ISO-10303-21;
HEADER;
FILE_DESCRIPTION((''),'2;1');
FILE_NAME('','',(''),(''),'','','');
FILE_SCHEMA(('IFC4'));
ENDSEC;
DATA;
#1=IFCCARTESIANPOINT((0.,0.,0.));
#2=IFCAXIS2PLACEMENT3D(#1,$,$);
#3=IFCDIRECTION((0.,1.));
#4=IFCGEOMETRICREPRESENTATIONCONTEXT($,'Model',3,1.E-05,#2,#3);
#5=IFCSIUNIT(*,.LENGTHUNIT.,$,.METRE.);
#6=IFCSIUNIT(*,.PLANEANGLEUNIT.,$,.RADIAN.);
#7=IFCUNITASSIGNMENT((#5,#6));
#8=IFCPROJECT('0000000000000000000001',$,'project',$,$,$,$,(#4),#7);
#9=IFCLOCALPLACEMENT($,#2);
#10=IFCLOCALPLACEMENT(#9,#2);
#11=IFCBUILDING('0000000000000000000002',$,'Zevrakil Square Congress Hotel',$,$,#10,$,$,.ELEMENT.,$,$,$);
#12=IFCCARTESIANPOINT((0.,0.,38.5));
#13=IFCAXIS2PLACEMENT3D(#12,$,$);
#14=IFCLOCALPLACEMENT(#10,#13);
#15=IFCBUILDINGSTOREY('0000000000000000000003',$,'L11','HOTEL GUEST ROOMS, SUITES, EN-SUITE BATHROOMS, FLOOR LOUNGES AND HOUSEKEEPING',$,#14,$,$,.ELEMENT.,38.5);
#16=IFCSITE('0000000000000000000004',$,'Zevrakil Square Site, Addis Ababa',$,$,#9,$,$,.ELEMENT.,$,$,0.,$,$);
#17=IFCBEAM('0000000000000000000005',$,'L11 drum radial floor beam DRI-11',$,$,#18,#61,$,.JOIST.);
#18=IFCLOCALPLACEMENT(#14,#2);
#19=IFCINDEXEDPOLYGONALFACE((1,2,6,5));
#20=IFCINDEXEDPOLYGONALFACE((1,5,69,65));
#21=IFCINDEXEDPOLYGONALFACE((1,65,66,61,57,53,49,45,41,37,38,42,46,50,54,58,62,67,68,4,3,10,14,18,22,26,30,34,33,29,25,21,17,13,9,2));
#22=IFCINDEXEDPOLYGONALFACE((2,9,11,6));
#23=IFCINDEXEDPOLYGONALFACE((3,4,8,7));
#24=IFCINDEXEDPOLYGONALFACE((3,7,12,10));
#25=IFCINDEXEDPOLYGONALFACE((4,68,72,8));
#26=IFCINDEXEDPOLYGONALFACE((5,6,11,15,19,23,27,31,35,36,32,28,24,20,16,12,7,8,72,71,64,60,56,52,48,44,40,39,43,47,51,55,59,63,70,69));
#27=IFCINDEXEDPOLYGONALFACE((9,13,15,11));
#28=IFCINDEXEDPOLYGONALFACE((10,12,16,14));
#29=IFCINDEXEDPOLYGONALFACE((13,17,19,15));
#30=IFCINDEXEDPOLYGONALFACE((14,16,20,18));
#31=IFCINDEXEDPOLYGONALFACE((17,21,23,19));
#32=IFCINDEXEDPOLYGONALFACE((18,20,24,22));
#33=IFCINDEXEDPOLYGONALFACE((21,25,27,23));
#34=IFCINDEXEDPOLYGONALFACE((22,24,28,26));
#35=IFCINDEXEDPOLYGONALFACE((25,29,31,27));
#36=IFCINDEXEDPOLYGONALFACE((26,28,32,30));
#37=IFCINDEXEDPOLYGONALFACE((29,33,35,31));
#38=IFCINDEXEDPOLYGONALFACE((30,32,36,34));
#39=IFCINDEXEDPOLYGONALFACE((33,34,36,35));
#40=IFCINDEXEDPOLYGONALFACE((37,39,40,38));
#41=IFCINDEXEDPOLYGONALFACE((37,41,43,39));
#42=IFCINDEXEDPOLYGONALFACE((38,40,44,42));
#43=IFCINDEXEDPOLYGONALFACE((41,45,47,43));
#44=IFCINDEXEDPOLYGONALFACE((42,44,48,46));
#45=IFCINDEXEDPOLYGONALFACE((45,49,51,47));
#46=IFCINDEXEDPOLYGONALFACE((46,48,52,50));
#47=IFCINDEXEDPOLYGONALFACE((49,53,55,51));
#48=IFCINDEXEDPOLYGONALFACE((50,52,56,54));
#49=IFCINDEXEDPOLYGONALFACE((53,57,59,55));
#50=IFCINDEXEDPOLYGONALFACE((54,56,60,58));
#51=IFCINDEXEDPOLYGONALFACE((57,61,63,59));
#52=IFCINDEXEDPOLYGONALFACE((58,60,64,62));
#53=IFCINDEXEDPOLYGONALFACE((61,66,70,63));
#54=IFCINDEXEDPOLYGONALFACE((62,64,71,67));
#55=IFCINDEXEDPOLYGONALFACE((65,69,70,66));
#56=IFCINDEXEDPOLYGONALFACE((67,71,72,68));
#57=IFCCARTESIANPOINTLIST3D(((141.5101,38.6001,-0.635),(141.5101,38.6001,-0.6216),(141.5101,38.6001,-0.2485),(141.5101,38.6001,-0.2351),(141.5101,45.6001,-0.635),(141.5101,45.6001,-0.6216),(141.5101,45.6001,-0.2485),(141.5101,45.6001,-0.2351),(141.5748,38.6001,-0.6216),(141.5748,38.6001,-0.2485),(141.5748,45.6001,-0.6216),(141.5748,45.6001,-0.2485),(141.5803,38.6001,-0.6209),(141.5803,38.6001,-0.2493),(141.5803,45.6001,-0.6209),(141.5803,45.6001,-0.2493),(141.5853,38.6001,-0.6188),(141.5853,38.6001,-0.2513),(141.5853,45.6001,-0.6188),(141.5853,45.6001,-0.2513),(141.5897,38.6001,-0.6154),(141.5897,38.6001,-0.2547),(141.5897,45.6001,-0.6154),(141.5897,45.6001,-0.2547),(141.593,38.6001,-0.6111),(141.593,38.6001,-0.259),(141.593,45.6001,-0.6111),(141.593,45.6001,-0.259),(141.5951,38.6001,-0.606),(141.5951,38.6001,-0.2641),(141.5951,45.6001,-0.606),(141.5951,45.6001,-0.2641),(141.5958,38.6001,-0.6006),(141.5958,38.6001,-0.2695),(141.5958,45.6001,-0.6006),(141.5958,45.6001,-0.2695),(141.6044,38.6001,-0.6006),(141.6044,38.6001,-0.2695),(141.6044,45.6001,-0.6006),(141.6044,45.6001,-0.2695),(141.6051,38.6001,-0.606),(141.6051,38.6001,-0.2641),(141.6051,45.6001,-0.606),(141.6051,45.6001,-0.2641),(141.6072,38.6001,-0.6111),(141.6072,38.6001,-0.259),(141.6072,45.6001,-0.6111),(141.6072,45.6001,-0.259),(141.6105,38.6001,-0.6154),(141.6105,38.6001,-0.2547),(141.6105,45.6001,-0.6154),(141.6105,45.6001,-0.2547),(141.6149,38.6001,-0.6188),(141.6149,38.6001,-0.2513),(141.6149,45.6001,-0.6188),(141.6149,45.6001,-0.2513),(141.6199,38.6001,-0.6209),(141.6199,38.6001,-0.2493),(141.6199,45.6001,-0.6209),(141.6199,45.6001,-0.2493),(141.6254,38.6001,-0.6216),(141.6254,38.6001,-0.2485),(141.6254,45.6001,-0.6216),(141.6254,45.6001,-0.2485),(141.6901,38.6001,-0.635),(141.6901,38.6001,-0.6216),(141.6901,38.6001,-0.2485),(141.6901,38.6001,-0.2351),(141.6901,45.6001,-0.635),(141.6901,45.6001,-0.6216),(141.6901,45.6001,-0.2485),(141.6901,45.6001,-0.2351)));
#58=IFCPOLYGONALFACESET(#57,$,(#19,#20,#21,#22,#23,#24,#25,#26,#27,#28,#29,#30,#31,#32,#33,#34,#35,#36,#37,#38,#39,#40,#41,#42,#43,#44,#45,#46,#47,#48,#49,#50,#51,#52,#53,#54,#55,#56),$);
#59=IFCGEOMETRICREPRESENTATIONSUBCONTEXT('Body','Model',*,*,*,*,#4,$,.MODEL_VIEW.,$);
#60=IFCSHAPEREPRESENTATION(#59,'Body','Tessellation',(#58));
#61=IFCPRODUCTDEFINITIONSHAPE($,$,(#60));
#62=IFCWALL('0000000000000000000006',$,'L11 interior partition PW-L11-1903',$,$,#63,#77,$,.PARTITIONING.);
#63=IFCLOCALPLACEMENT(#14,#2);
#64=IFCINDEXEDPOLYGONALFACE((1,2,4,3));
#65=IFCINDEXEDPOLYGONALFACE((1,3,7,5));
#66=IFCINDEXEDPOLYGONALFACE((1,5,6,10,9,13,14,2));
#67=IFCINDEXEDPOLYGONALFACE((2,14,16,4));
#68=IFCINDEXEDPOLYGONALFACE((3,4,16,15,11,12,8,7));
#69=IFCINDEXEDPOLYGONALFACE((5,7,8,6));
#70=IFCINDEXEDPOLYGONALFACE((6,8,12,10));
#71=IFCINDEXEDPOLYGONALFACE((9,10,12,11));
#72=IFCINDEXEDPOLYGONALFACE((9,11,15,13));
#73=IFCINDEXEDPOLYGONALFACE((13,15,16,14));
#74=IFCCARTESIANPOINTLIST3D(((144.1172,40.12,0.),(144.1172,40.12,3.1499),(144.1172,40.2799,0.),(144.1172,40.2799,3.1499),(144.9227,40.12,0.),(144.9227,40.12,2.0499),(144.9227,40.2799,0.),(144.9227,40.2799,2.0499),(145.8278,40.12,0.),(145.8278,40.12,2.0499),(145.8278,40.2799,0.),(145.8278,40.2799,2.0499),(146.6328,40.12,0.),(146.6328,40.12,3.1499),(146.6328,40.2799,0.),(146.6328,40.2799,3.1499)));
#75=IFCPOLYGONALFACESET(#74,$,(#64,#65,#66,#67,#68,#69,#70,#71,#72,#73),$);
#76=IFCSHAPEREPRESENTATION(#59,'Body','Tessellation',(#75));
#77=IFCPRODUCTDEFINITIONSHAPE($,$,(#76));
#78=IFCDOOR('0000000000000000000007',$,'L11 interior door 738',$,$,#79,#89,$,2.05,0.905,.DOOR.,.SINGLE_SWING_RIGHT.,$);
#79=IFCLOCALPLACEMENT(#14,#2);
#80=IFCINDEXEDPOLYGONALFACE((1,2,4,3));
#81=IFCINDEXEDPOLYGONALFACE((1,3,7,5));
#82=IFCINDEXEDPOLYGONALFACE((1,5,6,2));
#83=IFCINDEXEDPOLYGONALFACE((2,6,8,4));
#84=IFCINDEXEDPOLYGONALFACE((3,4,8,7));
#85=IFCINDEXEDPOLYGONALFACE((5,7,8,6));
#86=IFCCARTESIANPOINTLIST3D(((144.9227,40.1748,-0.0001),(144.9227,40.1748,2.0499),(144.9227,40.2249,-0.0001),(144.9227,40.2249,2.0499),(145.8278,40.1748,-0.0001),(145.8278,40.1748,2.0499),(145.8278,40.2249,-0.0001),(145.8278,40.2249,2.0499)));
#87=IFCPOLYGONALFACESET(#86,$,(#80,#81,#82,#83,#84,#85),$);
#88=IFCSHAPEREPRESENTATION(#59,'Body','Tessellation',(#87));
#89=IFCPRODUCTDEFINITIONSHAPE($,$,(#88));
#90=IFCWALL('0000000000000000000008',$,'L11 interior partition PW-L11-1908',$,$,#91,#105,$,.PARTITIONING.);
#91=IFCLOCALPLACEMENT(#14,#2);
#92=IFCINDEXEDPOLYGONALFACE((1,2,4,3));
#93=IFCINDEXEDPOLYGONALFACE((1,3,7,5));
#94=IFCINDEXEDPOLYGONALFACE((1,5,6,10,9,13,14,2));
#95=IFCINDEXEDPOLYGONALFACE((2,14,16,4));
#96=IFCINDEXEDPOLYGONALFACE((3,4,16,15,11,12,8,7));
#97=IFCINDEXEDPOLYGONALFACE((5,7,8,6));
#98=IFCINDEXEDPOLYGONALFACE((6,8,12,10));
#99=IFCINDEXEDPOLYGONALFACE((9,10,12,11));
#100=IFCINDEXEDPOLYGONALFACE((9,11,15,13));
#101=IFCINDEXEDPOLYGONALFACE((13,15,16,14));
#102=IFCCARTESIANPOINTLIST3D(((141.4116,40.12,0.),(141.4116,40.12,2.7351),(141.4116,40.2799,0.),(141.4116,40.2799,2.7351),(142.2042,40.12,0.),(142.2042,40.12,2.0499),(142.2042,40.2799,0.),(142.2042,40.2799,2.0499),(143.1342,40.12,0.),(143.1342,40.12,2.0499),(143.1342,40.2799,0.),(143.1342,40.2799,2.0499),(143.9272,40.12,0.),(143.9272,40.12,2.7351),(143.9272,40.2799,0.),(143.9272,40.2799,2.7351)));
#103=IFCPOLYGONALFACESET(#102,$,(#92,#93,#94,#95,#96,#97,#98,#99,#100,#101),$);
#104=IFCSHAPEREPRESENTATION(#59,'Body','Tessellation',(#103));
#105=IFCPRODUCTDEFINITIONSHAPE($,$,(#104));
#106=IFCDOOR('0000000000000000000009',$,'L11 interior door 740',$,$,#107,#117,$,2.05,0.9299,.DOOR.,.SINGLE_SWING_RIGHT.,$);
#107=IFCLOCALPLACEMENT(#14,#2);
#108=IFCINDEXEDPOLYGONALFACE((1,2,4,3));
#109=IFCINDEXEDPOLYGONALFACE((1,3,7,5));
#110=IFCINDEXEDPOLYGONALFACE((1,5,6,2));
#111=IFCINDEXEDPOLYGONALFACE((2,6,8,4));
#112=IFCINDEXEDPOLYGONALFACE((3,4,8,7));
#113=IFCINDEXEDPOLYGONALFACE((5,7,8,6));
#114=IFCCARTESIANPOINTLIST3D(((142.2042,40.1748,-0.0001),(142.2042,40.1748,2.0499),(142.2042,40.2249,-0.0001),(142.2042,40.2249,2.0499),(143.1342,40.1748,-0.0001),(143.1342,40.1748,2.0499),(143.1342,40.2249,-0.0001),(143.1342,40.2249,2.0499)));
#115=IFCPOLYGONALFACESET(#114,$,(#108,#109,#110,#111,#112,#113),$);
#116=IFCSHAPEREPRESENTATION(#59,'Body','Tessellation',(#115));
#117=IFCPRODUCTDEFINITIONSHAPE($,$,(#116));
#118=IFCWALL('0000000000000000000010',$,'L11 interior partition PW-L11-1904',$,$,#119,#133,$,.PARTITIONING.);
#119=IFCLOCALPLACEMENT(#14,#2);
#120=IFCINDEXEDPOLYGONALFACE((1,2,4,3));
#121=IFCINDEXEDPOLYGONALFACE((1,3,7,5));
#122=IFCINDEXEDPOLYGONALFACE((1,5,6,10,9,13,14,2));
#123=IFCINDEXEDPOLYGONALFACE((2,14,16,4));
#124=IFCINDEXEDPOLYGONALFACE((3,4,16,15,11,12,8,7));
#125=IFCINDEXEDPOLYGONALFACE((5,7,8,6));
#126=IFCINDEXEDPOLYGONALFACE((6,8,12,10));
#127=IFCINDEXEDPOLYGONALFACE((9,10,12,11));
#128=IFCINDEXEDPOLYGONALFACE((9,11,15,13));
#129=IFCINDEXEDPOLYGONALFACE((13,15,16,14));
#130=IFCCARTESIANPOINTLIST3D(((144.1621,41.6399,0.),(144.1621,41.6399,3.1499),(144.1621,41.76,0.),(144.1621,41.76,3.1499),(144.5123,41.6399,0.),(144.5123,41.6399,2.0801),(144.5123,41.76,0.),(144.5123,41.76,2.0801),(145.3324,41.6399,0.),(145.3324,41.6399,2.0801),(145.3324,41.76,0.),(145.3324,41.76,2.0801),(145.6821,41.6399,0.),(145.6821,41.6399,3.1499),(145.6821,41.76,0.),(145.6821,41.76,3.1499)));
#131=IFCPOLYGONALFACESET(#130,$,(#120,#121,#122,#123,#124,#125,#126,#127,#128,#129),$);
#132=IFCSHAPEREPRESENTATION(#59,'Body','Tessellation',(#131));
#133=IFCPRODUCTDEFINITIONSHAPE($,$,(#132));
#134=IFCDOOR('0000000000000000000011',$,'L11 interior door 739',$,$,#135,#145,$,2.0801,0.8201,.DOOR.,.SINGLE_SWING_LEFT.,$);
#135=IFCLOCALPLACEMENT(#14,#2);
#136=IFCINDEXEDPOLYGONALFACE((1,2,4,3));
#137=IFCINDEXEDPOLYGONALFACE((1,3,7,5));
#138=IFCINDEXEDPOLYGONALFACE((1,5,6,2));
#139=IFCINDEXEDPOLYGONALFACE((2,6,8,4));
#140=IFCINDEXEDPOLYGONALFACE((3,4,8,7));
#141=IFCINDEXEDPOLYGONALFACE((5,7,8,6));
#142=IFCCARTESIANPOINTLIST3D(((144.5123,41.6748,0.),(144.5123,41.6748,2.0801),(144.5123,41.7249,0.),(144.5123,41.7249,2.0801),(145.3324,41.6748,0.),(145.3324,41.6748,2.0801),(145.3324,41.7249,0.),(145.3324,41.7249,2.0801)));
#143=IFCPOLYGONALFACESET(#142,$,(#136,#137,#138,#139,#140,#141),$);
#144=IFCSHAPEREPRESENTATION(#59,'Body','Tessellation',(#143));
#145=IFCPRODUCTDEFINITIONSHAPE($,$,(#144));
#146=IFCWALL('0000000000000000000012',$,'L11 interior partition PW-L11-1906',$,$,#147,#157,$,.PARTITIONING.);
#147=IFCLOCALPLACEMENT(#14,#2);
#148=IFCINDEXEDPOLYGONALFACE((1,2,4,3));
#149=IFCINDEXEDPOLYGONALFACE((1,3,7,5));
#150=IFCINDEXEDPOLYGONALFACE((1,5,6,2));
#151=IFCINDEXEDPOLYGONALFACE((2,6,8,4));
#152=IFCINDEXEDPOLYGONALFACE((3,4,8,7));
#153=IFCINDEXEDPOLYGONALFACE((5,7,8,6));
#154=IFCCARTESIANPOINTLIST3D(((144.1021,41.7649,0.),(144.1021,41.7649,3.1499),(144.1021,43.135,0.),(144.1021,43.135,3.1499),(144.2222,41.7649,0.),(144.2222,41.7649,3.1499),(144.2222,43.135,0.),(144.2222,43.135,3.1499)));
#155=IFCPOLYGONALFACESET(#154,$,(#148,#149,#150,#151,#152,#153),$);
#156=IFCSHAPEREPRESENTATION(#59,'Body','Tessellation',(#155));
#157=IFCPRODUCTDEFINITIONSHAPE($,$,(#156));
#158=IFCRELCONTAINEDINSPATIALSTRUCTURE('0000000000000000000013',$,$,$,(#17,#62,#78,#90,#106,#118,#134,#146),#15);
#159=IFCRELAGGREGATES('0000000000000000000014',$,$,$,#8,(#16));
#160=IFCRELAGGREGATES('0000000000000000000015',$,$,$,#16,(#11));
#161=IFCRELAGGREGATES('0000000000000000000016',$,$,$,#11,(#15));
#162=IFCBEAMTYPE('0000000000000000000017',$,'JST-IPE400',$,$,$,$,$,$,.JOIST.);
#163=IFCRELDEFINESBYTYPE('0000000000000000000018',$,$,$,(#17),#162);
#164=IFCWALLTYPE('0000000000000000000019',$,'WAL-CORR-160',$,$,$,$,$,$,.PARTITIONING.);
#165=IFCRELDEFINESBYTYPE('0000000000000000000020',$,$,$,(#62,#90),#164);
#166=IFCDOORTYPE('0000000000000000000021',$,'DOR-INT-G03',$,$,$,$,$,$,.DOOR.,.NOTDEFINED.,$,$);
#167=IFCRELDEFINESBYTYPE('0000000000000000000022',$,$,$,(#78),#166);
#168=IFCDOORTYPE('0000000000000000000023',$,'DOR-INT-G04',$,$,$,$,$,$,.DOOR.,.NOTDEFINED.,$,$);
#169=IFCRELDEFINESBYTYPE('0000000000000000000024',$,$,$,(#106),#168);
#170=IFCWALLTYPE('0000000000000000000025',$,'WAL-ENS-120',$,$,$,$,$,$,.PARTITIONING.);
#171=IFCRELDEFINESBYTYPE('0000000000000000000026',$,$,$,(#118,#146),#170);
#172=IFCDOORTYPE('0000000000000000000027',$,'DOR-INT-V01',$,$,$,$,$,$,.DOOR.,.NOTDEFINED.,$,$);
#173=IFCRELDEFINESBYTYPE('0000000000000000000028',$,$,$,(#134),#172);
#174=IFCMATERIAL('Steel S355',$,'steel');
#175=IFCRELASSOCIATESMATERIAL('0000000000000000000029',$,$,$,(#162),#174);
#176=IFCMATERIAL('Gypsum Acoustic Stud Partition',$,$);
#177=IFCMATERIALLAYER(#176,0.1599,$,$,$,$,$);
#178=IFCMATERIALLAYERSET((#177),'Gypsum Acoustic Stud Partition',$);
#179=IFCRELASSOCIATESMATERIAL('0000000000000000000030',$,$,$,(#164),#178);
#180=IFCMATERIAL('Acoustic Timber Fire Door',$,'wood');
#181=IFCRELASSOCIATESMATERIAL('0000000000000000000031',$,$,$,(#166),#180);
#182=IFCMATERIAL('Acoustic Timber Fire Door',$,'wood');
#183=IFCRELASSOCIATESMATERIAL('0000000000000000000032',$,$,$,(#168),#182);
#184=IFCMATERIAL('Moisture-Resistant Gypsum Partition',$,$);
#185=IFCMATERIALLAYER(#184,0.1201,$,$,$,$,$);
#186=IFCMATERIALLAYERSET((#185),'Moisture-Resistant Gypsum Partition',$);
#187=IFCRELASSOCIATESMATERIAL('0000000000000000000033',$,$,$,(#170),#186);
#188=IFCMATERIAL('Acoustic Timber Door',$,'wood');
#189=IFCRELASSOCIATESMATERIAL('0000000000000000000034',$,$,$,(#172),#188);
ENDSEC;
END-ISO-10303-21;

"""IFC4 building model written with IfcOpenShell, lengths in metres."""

from ifc_helpers import new_model, si_unit, direction, frame, frame_2d, origin, origin_2d, place, context, subcontext, project, spatial, rectangle, i_section, extrude, material, layer, layer_set, material_profile, profile_set, type_object, element, fill, save


model = new_model("IFC4")

# Units and contexts
model_context = context("Model", 3, precision=1e-05, world=origin(), true_north=direction((0.0, 1.0)))
body_context = subcontext(model_context, "Body", "Model", "MODEL_VIEW")
ifc_project = project(units=[si_unit("LENGTHUNIT", "METRE"), si_unit("PLANEANGLEUNIT", "RADIAN")], contexts=[model_context])

# Site, building, storey
site_placement = place(None, origin())
site = spatial("IfcSite", under=ifc_project, at=site_placement, Name="Zevrakil Square Site, Addis Ababa", CompositionType="ELEMENT", RefElevation=0.0)
building_placement = place(site_placement, origin())
building = spatial("IfcBuilding", under=site, at=building_placement, Name="Zevrakil Square Congress Hotel", CompositionType="ELEMENT")
storey_placement = place(building_placement, frame((0.0, 0.0, 38.5)))
storey = spatial("IfcBuildingStorey", under=building, at=storey_placement, Name="L11", Description="HOTEL GUEST ROOMS, SUITES, EN-SUITE BATHROOMS, FLOOR LOUNGES AND HOUSEKEEPING", CompositionType="ELEMENT", Elevation=38.5)

# Beam
ifc_material_1 = material(Name="Steel S355", Category="steel")
ifc_material_profile = material_profile(ifc_material_1, i_section(OverallWidth=0.1799, OverallDepth=0.3999, WebThickness=0.0085, FlangeThickness=0.0134, FilletRadius=0.021, at=origin_2d()), Name="IPE 400")
ifc_profile_set = profile_set([ifc_material_profile], Name="Steel S355")
beam_type = type_object("IfcBeamType", Name="JST-IPE400", PredefinedType="JOIST", material=ifc_profile_set)
beam_placement = place(storey_placement, frame((141.6001, 38.6001, -0.4351), z_axis=(0.0, 1.0, 0.0), x_axis=(-1.0, 0.0, 0.0)))
element("IfcBeam", 1, at=beam_placement, inside=storey, type_object=beam_type, Name="L11 drum radial floor beam DRI-11", PredefinedType="JOIST", context=body_context, shape_type="SweptSolid", body=[
    extrude(i_section(OverallWidth=0.1799, OverallDepth=0.3999, WebThickness=0.0085, FlangeThickness=0.0134, FilletRadius=0.021, at=origin_2d()), origin(), (0.0, 0.0, 1.0), 7.0),
])

# Walls, openings, doors
ifc_material_2 = material(Name="Gypsum Acoustic Stud Partition")
ifc_layer_1 = layer(ifc_material_2, 0.1599)
ifc_layer_set_1 = layer_set([ifc_layer_1], Name="Gypsum Acoustic Stud Partition")
wall_type_1 = type_object("IfcWallType", Name="WAL-CORR-160", PredefinedType="PARTITIONING", material=ifc_layer_set_1)
wall_1_placement = place(storey_placement, frame((144.1172, 40.2, 0.0), z_axis=(0.0, 0.0, 1.0), x_axis=(1.0, 0.0, 0.0)))
wall_1 = element("IfcWall", 2, at=wall_1_placement, inside=storey, type_object=wall_type_1, Name="L11 interior partition PW-L11-1903", PredefinedType="PARTITIONING", context=body_context, shape_type="SweptSolid", body=[
    extrude(rectangle(XDim=2.5156, YDim=0.1599, at=frame_2d((1.2578, 0.0))), origin(), (0.0, 0.0, 1.0), 3.1499),
])
opening_1_placement = place(wall_1_placement, frame((0.8054, 0.0, 0.0)))
opening_1 = element("IfcOpeningElement", 3, at=opening_1_placement, cuts=wall_1, PredefinedType="OPENING", context=body_context, shape_type="SweptSolid", body=[
    extrude(rectangle(XDim=0.905, YDim=2.05, at=frame_2d((0.4526, 1.0249))), frame((0.0, 0.0898, 0.0), z_axis=(0.0, -1.0, 0.0), x_axis=(1.0, 0.0, 0.0)), (0.0, 0.0, 1.0), 0.1799),
])
ifc_material_3 = material(Name="Acoustic Timber Fire Door", Category="wood")
door_type_1 = type_object("IfcDoorType", Name="DOR-INT-G03", OperationType="NOTDEFINED", PredefinedType="DOOR", material=ifc_material_3)
door_1_placement = place(opening_1_placement, origin())
door_1 = element("IfcDoor", 4, at=door_1_placement, inside=storey, type_object=door_type_1, Name="L11 interior door 738", OperationType="SINGLE_SWING_RIGHT", OverallHeight=2.05, OverallWidth=0.905, PredefinedType="DOOR", context=body_context, shape_type="SweptSolid", body=[
    extrude(rectangle(XDim=0.905, YDim=2.05, at=frame_2d((0.4526, 1.0249))), frame((0.0, 0.0249, 0.0), z_axis=(0.0, -1.0, 0.0), x_axis=(1.0, 0.0, 0.0)), (0.0, 0.0, 1.0), 0.05),
])
fill(opening_1, door_1)
wall_2_placement = place(storey_placement, frame((141.4116, 40.2, 0.0), z_axis=(0.0, 0.0, 1.0), x_axis=(1.0, 0.0, 0.0)))
wall_2 = element("IfcWall", 5, at=wall_2_placement, inside=storey, type_object=wall_type_1, Name="L11 interior partition PW-L11-1908", PredefinedType="PARTITIONING", context=body_context, shape_type="SweptSolid", body=[
    extrude(rectangle(XDim=2.5156, YDim=0.1599, at=frame_2d((1.2578, 0.0))), origin(), (0.0, 0.0, 1.0), 2.7351),
])
opening_2_placement = place(wall_2_placement, frame((0.7927, 0.0, 0.0)))
opening_2 = element("IfcOpeningElement", 6, at=opening_2_placement, cuts=wall_2, PredefinedType="OPENING", context=body_context, shape_type="SweptSolid", body=[
    extrude(rectangle(XDim=0.9299, YDim=2.05, at=frame_2d((0.4648, 1.0249))), frame((0.0, 0.0898, 0.0), z_axis=(0.0, -1.0, 0.0), x_axis=(1.0, 0.0, 0.0)), (0.0, 0.0, 1.0), 0.1799),
])
ifc_material_4 = material(Name="Acoustic Timber Fire Door", Category="wood")
door_type_2 = type_object("IfcDoorType", Name="DOR-INT-G04", OperationType="NOTDEFINED", PredefinedType="DOOR", material=ifc_material_4)
door_2_placement = place(opening_2_placement, origin())
door_2 = element("IfcDoor", 7, at=door_2_placement, inside=storey, type_object=door_type_2, Name="L11 interior door 740", OperationType="SINGLE_SWING_RIGHT", OverallHeight=2.05, OverallWidth=0.9299, PredefinedType="DOOR", context=body_context, shape_type="SweptSolid", body=[
    extrude(rectangle(XDim=0.9299, YDim=2.05, at=frame_2d((0.4648, 1.0249))), frame((0.0, 0.0249, 0.0), z_axis=(0.0, -1.0, 0.0), x_axis=(1.0, 0.0, 0.0)), (0.0, 0.0, 1.0), 0.05),
])
fill(opening_2, door_2)
ifc_material_5 = material(Name="Moisture-Resistant Gypsum Partition")
ifc_layer_2 = layer(ifc_material_5, 0.1201)
ifc_layer_set_2 = layer_set([ifc_layer_2], Name="Moisture-Resistant Gypsum Partition")
wall_type_2 = type_object("IfcWallType", Name="WAL-ENS-120", PredefinedType="PARTITIONING", material=ifc_layer_set_2)
wall_3_placement = place(storey_placement, frame((144.1621, 41.7, 0.0), z_axis=(0.0, 0.0, 1.0), x_axis=(1.0, 0.0, 0.0)))
wall_3 = element("IfcWall", 8, at=wall_3_placement, inside=storey, type_object=wall_type_2, Name="L11 interior partition PW-L11-1904", PredefinedType="PARTITIONING", context=body_context, shape_type="SweptSolid", body=[
    extrude(rectangle(XDim=1.52, YDim=0.1201, at=frame_2d((0.76, 0.0))), origin(), (0.0, 0.0, 1.0), 3.1499),
])
opening_3_placement = place(wall_3_placement, frame((0.3501, 0.0, 0.0)))
opening_3 = element("IfcOpeningElement", 9, at=opening_3_placement, cuts=wall_3, PredefinedType="OPENING", context=body_context, shape_type="SweptSolid", body=[
    extrude(rectangle(XDim=0.8201, YDim=2.0801, at=frame_2d((0.4102, 1.04))), frame((0.0, 0.0701, 0.0), z_axis=(0.0, -1.0, 0.0), x_axis=(1.0, 0.0, 0.0)), (0.0, 0.0, 1.0), 0.1401),
])
ifc_material_6 = material(Name="Acoustic Timber Door", Category="wood")
door_type_3 = type_object("IfcDoorType", Name="DOR-INT-V01", OperationType="NOTDEFINED", PredefinedType="DOOR", material=ifc_material_6)
door_3_placement = place(opening_3_placement, origin())
door_3 = element("IfcDoor", 10, at=door_3_placement, inside=storey, type_object=door_type_3, Name="L11 interior door 739", OperationType="SINGLE_SWING_LEFT", OverallHeight=2.0801, OverallWidth=0.8201, PredefinedType="DOOR", context=body_context, shape_type="SweptSolid", body=[
    extrude(rectangle(XDim=0.8201, YDim=2.0801, at=frame_2d((0.4102, 1.04))), frame((0.0, 0.0249, 0.0), z_axis=(0.0, -1.0, 0.0), x_axis=(1.0, 0.0, 0.0)), (0.0, 0.0, 1.0), 0.05),
])
fill(opening_3, door_3)

# Wall
wall_4_placement = place(storey_placement, frame((144.1621, 41.7649, 0.0), z_axis=(0.0, 0.0, 1.0), x_axis=(0.0, 1.0, 0.0)))
element("IfcWall", 11, at=wall_4_placement, inside=storey, type_object=wall_type_2, Name="L11 interior partition PW-L11-1906", PredefinedType="PARTITIONING", context=body_context, shape_type="SweptSolid", body=[
    extrude(rectangle(XDim=1.3701, YDim=0.1201, at=frame_2d((0.6851, 0.0))), origin(), (0.0, 0.0, 1.0), 3.1499),
])

save(model, "model.ifc")
